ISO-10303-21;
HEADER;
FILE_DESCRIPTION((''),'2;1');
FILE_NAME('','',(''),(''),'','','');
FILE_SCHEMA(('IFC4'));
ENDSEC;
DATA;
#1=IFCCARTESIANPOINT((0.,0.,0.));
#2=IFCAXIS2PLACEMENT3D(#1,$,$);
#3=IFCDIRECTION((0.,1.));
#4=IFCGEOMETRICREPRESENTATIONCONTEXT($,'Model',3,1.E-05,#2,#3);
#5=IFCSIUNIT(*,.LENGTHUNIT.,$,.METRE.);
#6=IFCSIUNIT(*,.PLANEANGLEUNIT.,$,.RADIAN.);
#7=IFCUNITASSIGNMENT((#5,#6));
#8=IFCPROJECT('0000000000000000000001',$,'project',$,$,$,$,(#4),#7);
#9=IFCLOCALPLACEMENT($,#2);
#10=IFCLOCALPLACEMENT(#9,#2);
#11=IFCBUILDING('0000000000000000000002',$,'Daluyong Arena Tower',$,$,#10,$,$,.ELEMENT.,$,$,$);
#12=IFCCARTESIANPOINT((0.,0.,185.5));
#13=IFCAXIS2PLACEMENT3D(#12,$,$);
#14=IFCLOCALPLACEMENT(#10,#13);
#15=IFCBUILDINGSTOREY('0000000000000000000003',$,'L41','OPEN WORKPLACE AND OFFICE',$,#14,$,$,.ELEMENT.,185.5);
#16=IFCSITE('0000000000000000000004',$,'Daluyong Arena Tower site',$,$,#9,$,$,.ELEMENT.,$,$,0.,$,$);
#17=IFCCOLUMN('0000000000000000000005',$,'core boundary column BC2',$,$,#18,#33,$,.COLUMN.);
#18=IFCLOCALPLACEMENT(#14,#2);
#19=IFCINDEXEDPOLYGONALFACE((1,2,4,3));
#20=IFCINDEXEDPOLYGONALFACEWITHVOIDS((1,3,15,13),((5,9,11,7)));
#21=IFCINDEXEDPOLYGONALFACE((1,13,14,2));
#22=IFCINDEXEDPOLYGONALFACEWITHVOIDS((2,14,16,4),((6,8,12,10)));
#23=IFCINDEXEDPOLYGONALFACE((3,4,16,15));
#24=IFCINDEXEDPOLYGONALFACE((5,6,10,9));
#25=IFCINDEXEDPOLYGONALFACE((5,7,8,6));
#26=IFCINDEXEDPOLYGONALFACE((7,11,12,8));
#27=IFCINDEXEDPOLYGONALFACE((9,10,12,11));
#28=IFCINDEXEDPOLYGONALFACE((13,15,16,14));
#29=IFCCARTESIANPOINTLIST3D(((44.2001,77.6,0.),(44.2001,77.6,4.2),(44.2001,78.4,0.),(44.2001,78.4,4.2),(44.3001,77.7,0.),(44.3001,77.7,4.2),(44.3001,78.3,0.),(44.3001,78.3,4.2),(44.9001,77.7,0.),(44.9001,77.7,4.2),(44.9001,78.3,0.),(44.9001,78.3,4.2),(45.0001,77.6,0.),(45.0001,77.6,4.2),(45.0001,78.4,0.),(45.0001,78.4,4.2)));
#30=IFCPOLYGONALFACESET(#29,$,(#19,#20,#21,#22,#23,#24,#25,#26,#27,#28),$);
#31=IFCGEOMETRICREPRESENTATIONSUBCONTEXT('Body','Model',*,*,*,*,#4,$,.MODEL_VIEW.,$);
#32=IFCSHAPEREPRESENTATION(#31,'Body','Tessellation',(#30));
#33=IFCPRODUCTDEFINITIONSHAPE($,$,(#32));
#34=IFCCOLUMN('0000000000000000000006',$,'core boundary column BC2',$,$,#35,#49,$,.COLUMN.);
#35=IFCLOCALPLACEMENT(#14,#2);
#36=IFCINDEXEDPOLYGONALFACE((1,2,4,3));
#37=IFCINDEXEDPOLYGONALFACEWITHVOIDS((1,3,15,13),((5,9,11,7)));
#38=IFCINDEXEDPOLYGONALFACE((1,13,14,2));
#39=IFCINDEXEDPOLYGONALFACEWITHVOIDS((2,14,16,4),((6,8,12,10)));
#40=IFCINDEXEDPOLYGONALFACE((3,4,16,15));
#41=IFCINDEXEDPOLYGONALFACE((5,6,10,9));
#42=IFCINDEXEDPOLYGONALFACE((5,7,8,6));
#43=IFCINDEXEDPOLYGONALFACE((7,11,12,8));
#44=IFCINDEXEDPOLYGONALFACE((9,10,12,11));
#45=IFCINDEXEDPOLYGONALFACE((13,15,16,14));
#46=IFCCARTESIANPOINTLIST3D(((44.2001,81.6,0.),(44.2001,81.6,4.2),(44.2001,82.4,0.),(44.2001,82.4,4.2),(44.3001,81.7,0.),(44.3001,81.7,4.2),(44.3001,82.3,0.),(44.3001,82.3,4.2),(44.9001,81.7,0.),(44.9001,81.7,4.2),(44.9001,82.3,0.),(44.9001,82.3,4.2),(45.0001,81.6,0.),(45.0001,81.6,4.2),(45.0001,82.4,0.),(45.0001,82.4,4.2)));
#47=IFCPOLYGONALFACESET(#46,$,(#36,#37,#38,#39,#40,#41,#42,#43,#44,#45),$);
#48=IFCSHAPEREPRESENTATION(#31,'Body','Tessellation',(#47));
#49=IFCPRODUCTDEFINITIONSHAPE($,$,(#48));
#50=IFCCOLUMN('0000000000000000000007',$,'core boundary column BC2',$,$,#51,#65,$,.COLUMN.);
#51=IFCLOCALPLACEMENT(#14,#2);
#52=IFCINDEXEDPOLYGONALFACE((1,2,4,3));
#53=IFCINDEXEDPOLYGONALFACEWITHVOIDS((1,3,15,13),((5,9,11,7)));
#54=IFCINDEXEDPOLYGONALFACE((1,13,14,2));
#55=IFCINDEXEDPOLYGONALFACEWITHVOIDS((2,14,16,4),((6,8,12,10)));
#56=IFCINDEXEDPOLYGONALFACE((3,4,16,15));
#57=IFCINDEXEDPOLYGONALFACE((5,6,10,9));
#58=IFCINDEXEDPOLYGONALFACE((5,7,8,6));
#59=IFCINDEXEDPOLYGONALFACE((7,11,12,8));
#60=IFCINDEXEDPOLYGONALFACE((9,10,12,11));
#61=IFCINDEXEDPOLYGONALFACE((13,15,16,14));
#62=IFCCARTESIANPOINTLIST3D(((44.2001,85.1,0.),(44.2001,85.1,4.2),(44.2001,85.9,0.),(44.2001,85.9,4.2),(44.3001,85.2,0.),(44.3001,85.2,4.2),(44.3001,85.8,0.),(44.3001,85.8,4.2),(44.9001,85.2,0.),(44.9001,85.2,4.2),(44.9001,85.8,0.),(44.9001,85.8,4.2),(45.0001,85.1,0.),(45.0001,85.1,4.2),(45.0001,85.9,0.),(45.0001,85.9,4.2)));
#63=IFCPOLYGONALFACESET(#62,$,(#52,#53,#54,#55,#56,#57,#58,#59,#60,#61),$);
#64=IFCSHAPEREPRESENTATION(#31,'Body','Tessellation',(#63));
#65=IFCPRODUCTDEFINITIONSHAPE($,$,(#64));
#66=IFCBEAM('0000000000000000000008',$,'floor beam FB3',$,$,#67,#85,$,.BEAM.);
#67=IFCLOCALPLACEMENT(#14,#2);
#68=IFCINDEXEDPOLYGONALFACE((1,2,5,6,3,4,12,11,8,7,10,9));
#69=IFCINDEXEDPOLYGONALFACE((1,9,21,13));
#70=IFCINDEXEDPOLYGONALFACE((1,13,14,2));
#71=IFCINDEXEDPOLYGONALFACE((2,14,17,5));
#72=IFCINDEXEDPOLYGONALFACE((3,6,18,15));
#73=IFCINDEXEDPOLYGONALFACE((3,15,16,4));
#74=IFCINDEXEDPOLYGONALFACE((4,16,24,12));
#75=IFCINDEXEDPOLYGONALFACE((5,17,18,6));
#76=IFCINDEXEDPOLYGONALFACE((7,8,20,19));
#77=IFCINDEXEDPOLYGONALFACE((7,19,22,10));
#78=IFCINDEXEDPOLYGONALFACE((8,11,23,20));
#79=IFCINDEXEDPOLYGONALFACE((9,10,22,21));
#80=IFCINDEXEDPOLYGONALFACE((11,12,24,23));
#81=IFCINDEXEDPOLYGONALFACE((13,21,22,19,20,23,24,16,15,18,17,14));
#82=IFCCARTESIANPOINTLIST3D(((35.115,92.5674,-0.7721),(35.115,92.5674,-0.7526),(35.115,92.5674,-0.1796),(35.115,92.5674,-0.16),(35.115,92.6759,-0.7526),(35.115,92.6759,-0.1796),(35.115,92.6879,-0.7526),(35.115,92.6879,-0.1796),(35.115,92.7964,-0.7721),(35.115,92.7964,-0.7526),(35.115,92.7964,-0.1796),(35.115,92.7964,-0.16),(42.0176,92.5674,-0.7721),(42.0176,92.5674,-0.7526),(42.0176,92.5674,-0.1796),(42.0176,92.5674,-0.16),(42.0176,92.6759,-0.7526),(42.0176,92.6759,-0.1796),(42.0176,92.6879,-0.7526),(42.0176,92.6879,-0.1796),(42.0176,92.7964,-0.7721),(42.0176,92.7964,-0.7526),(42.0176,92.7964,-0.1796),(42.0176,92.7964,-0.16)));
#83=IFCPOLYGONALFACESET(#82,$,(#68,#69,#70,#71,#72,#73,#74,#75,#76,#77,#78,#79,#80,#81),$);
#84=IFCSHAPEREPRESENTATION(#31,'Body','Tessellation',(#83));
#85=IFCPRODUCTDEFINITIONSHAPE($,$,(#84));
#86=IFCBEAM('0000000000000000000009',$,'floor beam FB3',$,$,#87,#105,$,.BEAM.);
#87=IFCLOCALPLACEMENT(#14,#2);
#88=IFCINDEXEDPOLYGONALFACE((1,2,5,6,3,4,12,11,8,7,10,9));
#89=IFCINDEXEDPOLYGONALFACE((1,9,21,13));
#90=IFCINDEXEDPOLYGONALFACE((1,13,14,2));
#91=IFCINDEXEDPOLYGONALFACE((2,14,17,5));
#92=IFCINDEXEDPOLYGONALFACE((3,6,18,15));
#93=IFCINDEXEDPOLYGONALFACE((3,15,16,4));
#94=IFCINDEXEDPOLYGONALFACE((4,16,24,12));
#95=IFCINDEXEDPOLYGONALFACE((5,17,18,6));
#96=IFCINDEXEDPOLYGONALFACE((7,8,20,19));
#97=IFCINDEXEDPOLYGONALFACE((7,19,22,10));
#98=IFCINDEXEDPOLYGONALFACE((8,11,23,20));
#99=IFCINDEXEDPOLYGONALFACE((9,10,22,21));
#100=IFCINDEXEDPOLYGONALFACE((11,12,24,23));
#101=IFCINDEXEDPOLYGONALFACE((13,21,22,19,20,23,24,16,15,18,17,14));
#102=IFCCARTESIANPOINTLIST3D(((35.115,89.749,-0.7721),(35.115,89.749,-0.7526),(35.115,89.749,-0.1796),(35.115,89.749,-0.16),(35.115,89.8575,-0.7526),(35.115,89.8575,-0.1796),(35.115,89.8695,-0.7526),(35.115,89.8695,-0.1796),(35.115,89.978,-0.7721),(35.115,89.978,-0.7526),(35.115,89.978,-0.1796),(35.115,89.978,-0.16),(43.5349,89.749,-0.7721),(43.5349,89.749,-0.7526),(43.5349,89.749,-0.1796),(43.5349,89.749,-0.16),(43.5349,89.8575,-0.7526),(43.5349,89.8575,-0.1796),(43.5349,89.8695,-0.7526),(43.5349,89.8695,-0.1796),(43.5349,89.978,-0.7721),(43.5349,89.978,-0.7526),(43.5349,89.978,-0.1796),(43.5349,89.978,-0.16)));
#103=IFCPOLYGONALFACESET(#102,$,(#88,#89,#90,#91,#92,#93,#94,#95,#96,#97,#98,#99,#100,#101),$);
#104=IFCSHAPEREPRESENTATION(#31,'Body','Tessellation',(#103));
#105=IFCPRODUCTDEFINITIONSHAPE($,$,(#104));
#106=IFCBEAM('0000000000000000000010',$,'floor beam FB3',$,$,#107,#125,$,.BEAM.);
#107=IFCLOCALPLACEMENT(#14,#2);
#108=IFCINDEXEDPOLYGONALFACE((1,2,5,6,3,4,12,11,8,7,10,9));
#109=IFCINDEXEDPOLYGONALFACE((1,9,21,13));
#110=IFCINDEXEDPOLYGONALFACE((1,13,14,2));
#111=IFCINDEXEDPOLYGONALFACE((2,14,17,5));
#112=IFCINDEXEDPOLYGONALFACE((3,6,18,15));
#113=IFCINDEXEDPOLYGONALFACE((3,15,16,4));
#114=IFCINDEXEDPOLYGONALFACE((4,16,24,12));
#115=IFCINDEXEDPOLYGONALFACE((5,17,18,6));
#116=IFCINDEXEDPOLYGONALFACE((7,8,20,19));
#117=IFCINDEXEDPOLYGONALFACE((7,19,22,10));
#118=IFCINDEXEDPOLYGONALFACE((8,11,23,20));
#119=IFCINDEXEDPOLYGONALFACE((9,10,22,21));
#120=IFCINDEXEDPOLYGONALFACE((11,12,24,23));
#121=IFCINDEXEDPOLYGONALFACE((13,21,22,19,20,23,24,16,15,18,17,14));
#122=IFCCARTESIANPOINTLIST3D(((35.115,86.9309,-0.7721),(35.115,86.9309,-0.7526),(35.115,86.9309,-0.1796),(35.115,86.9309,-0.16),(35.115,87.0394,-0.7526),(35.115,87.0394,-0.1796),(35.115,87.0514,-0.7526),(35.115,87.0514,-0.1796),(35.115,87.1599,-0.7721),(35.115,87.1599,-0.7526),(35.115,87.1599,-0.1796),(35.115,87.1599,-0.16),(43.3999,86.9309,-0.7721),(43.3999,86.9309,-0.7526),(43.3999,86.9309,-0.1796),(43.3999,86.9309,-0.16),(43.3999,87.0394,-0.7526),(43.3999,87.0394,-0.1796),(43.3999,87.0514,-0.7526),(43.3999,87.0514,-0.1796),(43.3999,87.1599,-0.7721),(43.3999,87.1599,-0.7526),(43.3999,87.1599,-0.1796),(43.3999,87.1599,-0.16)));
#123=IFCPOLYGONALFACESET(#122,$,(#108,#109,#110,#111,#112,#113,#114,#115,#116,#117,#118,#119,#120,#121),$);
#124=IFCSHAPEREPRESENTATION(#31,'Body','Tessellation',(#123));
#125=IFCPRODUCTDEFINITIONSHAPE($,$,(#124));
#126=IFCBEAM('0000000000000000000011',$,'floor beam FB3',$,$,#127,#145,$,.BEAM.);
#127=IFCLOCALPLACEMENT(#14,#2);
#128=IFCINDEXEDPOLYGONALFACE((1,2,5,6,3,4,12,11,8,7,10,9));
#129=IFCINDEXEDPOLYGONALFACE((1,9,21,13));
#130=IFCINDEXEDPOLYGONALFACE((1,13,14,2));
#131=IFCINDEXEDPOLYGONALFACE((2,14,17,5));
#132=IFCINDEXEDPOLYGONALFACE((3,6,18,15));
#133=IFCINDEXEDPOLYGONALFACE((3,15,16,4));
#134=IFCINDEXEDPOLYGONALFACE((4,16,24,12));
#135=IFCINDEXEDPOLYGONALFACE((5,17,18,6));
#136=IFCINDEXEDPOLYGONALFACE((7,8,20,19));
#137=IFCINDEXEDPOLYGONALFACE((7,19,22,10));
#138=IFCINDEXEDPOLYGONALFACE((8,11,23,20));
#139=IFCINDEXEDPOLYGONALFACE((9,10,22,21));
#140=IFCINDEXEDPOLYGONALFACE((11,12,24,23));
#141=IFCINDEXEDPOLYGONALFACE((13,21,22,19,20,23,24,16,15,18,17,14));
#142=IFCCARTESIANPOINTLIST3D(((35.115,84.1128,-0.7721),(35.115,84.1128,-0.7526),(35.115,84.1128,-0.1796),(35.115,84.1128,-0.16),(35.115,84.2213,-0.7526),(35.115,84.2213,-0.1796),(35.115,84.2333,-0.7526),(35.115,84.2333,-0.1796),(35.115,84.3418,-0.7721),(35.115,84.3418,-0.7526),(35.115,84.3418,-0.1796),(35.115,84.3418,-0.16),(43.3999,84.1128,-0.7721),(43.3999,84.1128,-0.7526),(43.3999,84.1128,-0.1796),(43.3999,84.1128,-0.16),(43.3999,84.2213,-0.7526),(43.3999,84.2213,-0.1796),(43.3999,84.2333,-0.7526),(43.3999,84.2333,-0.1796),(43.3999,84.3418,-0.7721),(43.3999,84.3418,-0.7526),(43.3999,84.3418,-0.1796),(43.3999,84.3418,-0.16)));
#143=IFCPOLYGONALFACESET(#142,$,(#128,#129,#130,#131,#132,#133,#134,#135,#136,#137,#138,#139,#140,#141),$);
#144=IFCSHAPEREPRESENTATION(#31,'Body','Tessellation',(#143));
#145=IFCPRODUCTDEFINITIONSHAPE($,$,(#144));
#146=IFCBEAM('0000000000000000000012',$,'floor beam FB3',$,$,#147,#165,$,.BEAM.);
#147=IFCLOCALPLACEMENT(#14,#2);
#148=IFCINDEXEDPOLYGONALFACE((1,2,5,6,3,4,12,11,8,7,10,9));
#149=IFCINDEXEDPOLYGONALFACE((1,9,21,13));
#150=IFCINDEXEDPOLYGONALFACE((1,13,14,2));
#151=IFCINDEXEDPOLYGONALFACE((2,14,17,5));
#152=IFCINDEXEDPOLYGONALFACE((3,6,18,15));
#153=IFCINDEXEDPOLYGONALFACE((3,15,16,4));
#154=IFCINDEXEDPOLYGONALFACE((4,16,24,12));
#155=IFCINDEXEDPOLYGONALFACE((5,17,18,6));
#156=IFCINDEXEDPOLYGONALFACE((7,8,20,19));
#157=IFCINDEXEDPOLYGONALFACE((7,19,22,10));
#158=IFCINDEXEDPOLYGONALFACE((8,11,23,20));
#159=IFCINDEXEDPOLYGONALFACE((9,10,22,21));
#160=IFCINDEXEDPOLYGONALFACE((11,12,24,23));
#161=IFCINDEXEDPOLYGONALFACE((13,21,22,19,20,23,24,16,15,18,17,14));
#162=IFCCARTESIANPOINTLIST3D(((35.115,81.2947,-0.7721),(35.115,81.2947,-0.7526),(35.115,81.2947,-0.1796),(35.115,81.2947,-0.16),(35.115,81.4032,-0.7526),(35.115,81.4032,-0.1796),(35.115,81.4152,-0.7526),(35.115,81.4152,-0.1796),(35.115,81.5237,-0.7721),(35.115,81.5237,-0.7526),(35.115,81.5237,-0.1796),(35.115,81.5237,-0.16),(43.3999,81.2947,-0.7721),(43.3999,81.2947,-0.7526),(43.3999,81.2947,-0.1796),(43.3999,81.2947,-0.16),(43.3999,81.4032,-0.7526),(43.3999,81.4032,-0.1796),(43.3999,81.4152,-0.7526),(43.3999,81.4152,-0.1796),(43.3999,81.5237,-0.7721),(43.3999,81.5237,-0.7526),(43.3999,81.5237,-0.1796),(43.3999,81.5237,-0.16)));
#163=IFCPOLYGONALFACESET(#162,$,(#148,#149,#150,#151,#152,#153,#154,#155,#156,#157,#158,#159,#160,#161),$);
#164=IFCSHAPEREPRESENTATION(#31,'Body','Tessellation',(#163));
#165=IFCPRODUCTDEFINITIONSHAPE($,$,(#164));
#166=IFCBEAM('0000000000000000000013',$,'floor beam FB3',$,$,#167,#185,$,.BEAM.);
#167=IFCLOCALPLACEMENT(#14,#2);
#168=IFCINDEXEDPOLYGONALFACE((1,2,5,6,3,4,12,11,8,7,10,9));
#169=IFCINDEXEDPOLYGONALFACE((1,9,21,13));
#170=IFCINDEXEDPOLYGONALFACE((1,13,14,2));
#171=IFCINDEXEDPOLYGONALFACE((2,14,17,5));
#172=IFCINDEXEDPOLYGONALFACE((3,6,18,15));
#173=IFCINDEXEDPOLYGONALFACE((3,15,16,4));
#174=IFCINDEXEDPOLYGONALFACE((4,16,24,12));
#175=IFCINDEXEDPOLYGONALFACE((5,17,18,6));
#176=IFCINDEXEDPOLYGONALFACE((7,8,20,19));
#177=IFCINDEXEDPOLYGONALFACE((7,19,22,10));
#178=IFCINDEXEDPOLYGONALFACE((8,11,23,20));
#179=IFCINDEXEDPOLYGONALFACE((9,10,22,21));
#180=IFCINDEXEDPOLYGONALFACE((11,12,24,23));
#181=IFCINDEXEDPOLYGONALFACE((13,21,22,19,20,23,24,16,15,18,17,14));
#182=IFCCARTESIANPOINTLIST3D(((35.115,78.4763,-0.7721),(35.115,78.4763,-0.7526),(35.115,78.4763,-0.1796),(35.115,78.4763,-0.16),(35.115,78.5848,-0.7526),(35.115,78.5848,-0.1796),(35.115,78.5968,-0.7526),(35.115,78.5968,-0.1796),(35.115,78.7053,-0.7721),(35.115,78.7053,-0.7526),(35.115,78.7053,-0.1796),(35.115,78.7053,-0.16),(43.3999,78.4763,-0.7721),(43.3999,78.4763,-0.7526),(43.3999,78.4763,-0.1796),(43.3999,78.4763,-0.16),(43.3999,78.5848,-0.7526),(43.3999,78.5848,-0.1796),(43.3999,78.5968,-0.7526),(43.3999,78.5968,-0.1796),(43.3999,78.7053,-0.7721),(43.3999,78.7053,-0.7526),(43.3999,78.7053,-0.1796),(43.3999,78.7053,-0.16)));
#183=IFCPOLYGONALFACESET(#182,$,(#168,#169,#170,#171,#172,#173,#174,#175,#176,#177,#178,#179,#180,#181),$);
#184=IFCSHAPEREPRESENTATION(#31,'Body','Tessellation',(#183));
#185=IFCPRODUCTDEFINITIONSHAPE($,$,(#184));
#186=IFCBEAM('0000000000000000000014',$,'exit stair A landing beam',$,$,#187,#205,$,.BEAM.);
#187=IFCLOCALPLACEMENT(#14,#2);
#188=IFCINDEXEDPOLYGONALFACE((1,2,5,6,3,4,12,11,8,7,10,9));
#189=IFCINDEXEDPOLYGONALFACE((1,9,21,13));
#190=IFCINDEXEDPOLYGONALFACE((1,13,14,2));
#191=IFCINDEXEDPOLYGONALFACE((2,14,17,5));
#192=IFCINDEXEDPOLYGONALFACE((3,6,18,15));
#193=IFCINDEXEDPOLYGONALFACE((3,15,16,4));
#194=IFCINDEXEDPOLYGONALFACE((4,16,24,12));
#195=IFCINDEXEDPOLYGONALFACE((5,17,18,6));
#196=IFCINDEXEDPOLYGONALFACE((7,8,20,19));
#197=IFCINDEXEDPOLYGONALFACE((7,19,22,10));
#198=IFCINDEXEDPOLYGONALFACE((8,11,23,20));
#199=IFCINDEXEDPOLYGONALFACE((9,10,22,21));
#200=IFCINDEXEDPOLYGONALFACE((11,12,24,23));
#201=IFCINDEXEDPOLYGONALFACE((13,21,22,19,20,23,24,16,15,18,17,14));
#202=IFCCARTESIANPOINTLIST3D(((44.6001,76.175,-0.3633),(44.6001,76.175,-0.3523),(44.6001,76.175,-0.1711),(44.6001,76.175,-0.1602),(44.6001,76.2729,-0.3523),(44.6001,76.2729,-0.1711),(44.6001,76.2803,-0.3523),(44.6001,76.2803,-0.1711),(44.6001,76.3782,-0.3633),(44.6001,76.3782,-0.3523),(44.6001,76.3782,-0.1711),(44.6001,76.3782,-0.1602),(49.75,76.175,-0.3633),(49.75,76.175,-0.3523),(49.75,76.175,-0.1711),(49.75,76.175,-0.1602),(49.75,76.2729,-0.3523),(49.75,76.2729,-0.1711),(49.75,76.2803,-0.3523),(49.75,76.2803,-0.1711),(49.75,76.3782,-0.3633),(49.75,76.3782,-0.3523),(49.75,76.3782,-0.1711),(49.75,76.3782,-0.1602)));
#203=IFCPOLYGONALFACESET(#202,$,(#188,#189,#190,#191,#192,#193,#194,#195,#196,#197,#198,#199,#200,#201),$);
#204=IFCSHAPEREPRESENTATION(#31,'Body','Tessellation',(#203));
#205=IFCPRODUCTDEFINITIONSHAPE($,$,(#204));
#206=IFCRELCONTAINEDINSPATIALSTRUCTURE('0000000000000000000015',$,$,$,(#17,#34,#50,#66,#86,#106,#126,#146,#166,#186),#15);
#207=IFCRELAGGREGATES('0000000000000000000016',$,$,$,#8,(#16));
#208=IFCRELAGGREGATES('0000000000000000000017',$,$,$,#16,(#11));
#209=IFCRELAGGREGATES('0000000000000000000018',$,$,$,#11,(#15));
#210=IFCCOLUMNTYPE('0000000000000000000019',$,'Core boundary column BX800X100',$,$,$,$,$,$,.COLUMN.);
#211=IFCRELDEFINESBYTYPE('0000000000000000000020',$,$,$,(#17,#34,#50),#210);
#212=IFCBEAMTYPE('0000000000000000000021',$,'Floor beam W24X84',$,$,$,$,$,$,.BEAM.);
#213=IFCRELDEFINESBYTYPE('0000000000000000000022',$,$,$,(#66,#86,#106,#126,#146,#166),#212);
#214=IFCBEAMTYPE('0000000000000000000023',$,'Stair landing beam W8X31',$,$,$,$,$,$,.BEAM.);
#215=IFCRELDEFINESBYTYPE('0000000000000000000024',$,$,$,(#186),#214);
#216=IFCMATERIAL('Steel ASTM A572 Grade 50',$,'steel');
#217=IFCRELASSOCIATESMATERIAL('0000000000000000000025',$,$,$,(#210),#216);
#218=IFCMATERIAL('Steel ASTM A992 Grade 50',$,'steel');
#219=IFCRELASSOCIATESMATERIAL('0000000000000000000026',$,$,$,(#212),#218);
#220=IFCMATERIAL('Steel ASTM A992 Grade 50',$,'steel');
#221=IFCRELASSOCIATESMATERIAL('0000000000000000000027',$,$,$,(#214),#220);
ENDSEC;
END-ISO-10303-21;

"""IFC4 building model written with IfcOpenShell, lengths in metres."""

from ifc_helpers import new_model, si_unit, direction, frame, origin, origin_2d, place, context, subcontext, project, spatial, hollow_rectangle, i_section, extrude, material, material_profile, profile_set, type_object, element, save


model = new_model("IFC4")

# Units and contexts
model_context = context("Model", 3, precision=1e-05, world=origin(), true_north=direction((0.0, 1.0)))
body_context = subcontext(model_context, "Body", "Model", "MODEL_VIEW")
ifc_project = project(units=[si_unit("LENGTHUNIT", "METRE"), si_unit("PLANEANGLEUNIT", "RADIAN")], contexts=[model_context])

# Site, building, storey
site_placement = place(None, origin())
site = spatial("IfcSite", under=ifc_project, at=site_placement, Name="Daluyong Arena Tower site", CompositionType="ELEMENT", RefElevation=0.0)
building_placement = place(site_placement, origin())
building = spatial("IfcBuilding", under=site, at=building_placement, Name="Daluyong Arena Tower", CompositionType="ELEMENT")
storey_placement = place(building_placement, frame((0.0, 0.0, 185.5)))
storey = spatial("IfcBuildingStorey", under=building, at=storey_placement, Name="L41", Description="OPEN WORKPLACE AND OFFICE", CompositionType="ELEMENT", Elevation=185.5)

# Columns
ifc_material_1 = material(Name="Steel ASTM A572 Grade 50", Category="steel")
ifc_material_profile_1 = material_profile(ifc_material_1, hollow_rectangle(XDim=0.8, YDim=0.8, WallThickness=0.1, at=origin_2d()))
ifc_profile_set_1 = profile_set([ifc_material_profile_1], Name="Steel ASTM A572 Grade 50")
column_type = type_object("IfcColumnType", Name="Core boundary column BX800X100", PredefinedType="COLUMN", material=ifc_profile_set_1)
for number, where, z_axis, x_axis, name in (
    (1, (44.6001, 78.0, 0.0), (0.0, 0.0, 1.0), (1.0, 0.0, 0.0), "core boundary column BC2"),
    (2, (44.6001, 82.0, 0.0), (0.0, 0.0, 1.0), (1.0, 0.0, 0.0), "core boundary column BC2"),
    (3, (44.6001, 85.5, 0.0), (0.0, 0.0, 1.0), (1.0, 0.0, 0.0), "core boundary column BC2"),
):
    element("IfcColumn", number, at=place(storey_placement, frame(where, z_axis=z_axis, x_axis=x_axis)), inside=storey, type_object=column_type, Name=name, PredefinedType="COLUMN", context=body_context, shape_type="SweptSolid", body=[
        extrude(hollow_rectangle(XDim=0.8, YDim=0.8, WallThickness=0.1, at=origin_2d()), origin(), (0.0, 0.0, 1.0), 4.2),
    ])

# Beams
ifc_material_2 = material(Name="Steel ASTM A992 Grade 50", Category="steel")
ifc_material_profile_2 = material_profile(ifc_material_2, i_section(OverallWidth=0.229, OverallDepth=0.6121, WebThickness=0.012, FlangeThickness=0.0195, at=origin_2d()))
ifc_profile_set_2 = profile_set([ifc_material_profile_2], Name="Steel ASTM A992 Grade 50")
beam_type_1 = type_object("IfcBeamType", Name="Floor beam W24X84", PredefinedType="BEAM", material=ifc_profile_set_2)
beam_1_placement = place(storey_placement, frame((35.115, 92.6819, -0.4661), z_axis=(1.0, 0.0, 0.0), x_axis=(0.0, 1.0, 0.0)))
element("IfcBeam", 4, at=beam_1_placement, inside=storey, type_object=beam_type_1, Name="floor beam FB3", PredefinedType="BEAM", context=body_context, shape_type="SweptSolid", body=[
    extrude(i_section(OverallWidth=0.229, OverallDepth=0.6121, WebThickness=0.012, FlangeThickness=0.0195, at=origin_2d()), origin(), (0.0, 0.0, 1.0), 6.9026),
])
beam_2_placement = place(storey_placement, frame((35.115, 89.8635, -0.4661), z_axis=(1.0, 0.0, 0.0), x_axis=(0.0, 1.0, 0.0)))
element("IfcBeam", 5, at=beam_2_placement, inside=storey, type_object=beam_type_1, Name="floor beam FB3", PredefinedType="BEAM", context=body_context, shape_type="SweptSolid", body=[
    extrude(i_section(OverallWidth=0.229, OverallDepth=0.6121, WebThickness=0.012, FlangeThickness=0.0195, at=origin_2d()), origin(), (0.0, 0.0, 1.0), 8.4199),
])
for number, where, z_axis, x_axis, name in (
    (6, (35.115, 87.0454, -0.4661), (1.0, 0.0, 0.0), (0.0, 1.0, 0.0), "floor beam FB3"),
    (7, (35.115, 84.2273, -0.4661), (1.0, 0.0, 0.0), (0.0, 1.0, 0.0), "floor beam FB3"),
    (8, (35.115, 81.4092, -0.4661), (1.0, 0.0, 0.0), (0.0, 1.0, 0.0), "floor beam FB3"),
    (9, (35.115, 78.5908, -0.4661), (1.0, 0.0, 0.0), (0.0, 1.0, 0.0), "floor beam FB3"),
):
    element("IfcBeam", number, at=place(storey_placement, frame(where, z_axis=z_axis, x_axis=x_axis)), inside=storey, type_object=beam_type_1, Name=name, PredefinedType="BEAM", context=body_context, shape_type="SweptSolid", body=[
        extrude(i_section(OverallWidth=0.229, OverallDepth=0.6121, WebThickness=0.012, FlangeThickness=0.0195, at=origin_2d()), origin(), (0.0, 0.0, 1.0), 8.2849),
    ])
ifc_material_3 = material(Name="Steel ASTM A992 Grade 50", Category="steel")
ifc_material_profile_3 = material_profile(ifc_material_3, i_section(OverallWidth=0.2031, OverallDepth=0.2031, WebThickness=0.0073, FlangeThickness=0.011, at=origin_2d()))
ifc_profile_set_3 = profile_set([ifc_material_profile_3], Name="Steel ASTM A992 Grade 50")
beam_type_2 = type_object("IfcBeamType", Name="Stair landing beam W8X31", PredefinedType="BEAM", material=ifc_profile_set_3)
beam_3_placement = place(storey_placement, frame((44.6001, 76.2766, -0.2617), z_axis=(1.0, 0.0, 0.0), x_axis=(0.0, 1.0, 0.0)))
element("IfcBeam", 10, at=beam_3_placement, inside=storey, type_object=beam_type_2, Name="exit stair A landing beam", PredefinedType="BEAM", context=body_context, shape_type="SweptSolid", body=[
    extrude(i_section(OverallWidth=0.2031, OverallDepth=0.2031, WebThickness=0.0073, FlangeThickness=0.011, at=origin_2d()), origin(), (0.0, 0.0, 1.0), 5.1499),
])

save(model, "model.ifc")
